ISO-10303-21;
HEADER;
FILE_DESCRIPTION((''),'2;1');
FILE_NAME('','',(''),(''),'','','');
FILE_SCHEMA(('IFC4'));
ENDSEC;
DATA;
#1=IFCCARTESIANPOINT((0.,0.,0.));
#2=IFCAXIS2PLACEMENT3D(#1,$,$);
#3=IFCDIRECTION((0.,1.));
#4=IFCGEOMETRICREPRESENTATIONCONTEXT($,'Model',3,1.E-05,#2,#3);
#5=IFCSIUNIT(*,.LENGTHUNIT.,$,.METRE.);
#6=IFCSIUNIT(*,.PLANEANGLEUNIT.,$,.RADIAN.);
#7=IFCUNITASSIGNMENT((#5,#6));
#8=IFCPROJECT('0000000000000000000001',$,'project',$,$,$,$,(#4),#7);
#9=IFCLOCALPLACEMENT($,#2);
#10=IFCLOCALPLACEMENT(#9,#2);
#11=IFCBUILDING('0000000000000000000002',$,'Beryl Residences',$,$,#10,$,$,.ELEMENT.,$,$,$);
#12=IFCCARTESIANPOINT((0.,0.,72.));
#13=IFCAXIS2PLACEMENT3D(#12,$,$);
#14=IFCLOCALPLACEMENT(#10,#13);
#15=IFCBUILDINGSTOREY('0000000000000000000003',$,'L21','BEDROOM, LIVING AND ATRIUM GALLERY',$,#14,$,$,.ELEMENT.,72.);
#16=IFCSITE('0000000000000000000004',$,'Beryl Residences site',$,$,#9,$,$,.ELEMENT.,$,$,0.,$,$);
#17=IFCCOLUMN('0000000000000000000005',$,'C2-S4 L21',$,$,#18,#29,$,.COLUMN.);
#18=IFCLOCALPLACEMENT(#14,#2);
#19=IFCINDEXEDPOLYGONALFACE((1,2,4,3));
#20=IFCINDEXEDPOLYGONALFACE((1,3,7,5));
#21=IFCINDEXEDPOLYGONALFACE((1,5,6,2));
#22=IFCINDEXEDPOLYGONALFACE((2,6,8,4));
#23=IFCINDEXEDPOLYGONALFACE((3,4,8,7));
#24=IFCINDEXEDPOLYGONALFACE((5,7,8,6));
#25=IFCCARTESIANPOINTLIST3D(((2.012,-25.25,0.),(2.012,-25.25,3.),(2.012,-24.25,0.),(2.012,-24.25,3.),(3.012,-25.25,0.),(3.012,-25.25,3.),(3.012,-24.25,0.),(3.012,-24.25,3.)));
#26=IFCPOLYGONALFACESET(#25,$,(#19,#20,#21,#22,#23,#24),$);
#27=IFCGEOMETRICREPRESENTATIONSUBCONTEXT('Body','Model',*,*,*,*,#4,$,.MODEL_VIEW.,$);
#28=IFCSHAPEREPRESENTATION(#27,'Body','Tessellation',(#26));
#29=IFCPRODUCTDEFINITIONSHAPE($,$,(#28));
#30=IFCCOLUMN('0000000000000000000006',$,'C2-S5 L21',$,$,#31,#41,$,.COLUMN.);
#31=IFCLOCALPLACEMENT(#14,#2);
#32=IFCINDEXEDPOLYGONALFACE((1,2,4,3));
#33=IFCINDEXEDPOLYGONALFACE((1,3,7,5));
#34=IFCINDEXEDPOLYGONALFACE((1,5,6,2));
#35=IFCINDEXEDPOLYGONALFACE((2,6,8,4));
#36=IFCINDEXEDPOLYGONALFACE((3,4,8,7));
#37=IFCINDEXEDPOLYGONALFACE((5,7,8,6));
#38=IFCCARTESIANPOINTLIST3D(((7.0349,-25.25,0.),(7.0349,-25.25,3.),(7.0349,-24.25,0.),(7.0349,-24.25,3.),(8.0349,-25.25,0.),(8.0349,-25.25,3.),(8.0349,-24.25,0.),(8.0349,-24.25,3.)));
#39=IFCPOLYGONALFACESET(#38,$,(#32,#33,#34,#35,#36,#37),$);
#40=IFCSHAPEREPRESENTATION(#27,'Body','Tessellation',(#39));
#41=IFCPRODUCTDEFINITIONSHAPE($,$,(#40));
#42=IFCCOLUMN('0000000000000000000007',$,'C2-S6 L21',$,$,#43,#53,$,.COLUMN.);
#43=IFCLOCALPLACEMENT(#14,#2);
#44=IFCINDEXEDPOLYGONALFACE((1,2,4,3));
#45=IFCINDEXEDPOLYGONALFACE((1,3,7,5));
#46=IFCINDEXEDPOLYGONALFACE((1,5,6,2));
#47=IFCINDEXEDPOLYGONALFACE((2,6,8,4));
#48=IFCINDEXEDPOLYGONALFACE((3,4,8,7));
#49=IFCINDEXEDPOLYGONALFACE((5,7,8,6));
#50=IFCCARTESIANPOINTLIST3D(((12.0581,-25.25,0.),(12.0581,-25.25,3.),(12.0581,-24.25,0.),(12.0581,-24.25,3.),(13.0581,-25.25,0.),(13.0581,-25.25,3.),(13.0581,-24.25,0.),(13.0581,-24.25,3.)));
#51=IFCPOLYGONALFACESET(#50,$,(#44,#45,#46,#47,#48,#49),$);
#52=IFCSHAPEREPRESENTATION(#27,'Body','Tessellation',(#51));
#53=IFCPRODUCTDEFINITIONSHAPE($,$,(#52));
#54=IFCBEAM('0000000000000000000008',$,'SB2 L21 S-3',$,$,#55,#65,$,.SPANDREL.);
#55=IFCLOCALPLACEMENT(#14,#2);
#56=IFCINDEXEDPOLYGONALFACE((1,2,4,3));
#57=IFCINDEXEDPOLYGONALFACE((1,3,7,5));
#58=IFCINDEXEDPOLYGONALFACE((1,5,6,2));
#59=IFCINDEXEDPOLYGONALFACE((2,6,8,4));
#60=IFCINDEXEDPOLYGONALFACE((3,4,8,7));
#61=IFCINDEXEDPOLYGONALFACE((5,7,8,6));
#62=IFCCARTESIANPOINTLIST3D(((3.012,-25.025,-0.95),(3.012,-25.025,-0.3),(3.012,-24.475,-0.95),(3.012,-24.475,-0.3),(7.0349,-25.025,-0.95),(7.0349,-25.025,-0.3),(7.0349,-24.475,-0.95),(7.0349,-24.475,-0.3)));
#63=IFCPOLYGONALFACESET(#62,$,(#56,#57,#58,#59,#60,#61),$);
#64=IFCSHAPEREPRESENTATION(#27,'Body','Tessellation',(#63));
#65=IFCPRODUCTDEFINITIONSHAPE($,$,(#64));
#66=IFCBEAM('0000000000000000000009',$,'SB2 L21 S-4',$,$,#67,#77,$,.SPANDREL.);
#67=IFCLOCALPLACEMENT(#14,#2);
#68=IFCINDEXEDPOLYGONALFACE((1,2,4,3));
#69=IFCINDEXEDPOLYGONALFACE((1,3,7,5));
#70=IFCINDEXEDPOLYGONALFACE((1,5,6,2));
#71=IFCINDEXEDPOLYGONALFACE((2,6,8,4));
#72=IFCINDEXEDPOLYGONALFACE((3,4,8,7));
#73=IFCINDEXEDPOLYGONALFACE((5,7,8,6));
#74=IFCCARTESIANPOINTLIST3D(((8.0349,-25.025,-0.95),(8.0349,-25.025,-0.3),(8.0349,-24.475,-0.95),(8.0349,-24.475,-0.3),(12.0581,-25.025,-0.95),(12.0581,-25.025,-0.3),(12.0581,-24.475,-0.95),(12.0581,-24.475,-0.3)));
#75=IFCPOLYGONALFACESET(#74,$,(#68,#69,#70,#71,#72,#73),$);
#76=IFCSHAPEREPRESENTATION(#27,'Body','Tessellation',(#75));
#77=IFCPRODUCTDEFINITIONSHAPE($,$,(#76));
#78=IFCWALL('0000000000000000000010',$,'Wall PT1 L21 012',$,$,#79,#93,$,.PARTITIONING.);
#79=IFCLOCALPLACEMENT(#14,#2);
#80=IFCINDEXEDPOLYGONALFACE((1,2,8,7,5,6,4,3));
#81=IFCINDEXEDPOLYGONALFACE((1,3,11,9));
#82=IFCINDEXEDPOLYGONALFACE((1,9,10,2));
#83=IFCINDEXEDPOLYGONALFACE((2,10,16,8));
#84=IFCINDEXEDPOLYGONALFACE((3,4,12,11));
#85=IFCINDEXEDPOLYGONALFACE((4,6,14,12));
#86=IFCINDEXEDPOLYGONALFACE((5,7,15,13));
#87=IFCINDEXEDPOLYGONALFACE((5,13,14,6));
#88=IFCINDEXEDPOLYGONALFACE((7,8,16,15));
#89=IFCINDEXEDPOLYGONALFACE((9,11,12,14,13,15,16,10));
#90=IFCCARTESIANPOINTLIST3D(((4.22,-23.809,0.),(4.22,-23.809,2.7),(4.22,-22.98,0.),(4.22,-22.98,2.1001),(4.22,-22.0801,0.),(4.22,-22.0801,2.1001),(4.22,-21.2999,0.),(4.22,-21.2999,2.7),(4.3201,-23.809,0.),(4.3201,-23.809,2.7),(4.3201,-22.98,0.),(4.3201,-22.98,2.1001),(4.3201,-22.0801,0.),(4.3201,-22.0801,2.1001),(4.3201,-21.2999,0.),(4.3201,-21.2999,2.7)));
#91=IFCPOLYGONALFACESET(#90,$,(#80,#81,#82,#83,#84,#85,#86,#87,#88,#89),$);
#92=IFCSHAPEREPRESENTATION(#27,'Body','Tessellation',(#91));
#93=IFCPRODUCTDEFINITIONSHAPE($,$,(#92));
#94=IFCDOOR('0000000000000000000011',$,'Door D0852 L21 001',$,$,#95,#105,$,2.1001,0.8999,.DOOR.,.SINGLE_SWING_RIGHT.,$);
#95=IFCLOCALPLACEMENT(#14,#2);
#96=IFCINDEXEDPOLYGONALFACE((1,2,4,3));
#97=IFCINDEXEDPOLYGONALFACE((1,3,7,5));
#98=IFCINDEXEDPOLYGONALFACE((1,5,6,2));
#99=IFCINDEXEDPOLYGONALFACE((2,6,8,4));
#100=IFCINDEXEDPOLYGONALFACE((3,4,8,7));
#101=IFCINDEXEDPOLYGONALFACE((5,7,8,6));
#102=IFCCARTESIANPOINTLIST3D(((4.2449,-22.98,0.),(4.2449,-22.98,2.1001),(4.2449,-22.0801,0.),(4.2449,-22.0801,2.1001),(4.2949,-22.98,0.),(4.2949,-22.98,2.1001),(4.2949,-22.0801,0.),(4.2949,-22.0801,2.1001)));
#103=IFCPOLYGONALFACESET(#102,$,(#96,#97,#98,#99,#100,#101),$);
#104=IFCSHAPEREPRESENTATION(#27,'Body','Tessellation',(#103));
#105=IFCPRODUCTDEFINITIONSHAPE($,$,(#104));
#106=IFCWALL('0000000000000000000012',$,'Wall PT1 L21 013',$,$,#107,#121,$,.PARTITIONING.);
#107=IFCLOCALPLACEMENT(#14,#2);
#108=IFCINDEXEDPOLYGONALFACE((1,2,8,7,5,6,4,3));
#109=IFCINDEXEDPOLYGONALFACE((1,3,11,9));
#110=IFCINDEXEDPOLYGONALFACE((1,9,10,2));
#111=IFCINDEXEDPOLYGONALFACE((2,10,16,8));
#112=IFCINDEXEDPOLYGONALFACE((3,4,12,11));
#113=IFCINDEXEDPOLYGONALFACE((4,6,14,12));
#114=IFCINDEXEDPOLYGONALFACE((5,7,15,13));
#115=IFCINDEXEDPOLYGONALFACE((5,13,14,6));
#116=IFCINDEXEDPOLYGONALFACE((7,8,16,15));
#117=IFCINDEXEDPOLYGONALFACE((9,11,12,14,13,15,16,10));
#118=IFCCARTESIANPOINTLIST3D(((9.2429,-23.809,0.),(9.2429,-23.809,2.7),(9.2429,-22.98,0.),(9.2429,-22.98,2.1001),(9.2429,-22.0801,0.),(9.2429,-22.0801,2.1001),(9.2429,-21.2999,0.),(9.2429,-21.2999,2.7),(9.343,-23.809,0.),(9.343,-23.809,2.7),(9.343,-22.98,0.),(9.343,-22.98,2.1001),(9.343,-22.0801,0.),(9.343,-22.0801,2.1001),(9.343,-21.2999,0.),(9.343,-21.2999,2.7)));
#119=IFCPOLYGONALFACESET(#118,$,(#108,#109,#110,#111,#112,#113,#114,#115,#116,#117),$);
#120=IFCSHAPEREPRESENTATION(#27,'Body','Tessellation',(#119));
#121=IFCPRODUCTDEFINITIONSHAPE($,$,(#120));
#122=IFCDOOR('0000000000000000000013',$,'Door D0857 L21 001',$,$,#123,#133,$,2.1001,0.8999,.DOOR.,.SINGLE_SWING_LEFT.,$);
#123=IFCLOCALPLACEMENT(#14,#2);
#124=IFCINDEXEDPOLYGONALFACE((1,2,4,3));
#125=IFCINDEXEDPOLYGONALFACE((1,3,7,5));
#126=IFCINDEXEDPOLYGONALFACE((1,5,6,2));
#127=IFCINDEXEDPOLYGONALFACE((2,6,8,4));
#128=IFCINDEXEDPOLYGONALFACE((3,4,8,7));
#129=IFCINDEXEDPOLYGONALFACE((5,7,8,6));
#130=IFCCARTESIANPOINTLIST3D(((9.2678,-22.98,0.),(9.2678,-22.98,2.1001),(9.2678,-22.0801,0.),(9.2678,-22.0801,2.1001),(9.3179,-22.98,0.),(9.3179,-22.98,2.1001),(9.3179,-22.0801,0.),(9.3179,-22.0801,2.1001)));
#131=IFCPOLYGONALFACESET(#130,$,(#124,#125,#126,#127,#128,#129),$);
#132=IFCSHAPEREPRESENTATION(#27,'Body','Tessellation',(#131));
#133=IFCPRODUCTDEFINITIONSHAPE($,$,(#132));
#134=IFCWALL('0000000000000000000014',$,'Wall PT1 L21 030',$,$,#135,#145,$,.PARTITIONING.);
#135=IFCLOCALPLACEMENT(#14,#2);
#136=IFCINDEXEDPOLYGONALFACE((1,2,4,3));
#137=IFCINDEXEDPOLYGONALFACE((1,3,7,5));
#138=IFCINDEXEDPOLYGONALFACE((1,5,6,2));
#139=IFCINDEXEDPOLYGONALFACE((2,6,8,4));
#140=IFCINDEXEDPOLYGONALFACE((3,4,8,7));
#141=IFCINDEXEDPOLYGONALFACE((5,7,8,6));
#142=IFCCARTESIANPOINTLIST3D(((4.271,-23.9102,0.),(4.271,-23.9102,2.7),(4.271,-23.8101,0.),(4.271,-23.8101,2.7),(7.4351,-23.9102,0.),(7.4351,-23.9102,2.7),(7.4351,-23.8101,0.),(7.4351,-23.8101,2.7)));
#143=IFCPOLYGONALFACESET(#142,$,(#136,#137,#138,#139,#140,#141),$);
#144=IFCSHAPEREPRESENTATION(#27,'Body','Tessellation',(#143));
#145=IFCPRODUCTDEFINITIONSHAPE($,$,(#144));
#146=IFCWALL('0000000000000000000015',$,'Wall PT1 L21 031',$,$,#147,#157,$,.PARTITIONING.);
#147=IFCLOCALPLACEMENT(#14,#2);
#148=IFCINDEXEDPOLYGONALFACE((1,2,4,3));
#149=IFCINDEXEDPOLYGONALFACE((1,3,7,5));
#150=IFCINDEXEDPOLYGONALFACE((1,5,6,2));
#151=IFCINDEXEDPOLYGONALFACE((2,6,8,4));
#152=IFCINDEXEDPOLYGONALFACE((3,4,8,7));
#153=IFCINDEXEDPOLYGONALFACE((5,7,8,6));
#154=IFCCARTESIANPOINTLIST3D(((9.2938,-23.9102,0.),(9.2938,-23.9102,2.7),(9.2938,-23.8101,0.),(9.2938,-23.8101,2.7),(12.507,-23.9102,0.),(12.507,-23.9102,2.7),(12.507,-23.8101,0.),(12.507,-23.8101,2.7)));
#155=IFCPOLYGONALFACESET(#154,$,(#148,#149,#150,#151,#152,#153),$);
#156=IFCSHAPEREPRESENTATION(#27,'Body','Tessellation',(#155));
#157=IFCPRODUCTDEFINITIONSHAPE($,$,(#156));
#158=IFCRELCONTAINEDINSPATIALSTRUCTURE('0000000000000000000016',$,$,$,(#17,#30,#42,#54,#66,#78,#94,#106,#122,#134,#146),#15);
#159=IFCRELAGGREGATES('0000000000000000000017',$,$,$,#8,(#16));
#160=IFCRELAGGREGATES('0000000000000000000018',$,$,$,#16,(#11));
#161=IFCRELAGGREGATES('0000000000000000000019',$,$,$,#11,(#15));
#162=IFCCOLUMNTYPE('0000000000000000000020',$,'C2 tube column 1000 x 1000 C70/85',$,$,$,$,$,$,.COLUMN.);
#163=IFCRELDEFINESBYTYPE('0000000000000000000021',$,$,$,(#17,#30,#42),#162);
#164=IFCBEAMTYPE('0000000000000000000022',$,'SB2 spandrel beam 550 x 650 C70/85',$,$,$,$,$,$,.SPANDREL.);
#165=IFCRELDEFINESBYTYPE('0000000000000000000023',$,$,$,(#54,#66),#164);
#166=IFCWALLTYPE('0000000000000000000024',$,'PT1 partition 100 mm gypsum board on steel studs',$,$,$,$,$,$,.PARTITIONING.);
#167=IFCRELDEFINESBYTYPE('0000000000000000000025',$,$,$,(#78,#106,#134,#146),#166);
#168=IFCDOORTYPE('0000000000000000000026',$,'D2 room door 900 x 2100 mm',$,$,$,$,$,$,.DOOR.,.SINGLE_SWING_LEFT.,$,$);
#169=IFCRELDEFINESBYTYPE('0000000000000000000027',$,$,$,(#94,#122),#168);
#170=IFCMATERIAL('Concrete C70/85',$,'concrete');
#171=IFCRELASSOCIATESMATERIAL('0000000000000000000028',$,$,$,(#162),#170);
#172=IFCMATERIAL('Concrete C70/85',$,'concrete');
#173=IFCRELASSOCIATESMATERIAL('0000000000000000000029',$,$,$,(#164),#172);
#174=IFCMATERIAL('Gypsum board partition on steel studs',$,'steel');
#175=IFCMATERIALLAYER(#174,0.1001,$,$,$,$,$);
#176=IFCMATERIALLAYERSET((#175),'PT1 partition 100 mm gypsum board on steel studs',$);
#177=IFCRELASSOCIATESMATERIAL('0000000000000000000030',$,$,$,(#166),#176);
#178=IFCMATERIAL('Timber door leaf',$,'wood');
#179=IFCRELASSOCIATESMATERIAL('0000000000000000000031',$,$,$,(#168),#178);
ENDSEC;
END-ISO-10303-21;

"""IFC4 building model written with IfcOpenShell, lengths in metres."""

from ifc_helpers import new_model, si_unit, direction, frame, frame_2d, origin, origin_2d, place, context, subcontext, project, spatial, rectangle, extrude, material, layer, layer_set, material_profile, profile_set, type_object, element, fill, save


model = new_model("IFC4")

# Units and contexts
model_context = context("Model", 3, precision=1e-05, world=origin(), true_north=direction((0.0, 1.0)))
body_context = subcontext(model_context, "Body", "Model", "MODEL_VIEW")
ifc_project = project(units=[si_unit("LENGTHUNIT", "METRE"), si_unit("PLANEANGLEUNIT", "RADIAN")], contexts=[model_context])

# Site, building, storey
site_placement = place(None, origin())
site = spatial("IfcSite", under=ifc_project, at=site_placement, Name="Beryl Residences site", CompositionType="ELEMENT", RefElevation=0.0)
building_placement = place(site_placement, origin())
building = spatial("IfcBuilding", under=site, at=building_placement, Name="Beryl Residences", CompositionType="ELEMENT")
storey_placement = place(building_placement, frame((0.0, 0.0, 72.0)))
storey = spatial("IfcBuildingStorey", under=building, at=storey_placement, Name="L21", Description="BEDROOM, LIVING AND ATRIUM GALLERY", CompositionType="ELEMENT", Elevation=72.0)

# Columns
ifc_material_1 = material(Name="Concrete C70/85", Category="concrete")
ifc_material_profile_1 = material_profile(ifc_material_1, rectangle(XDim=1.0, YDim=1.0, at=origin_2d()))
ifc_profile_set_1 = profile_set([ifc_material_profile_1], Name="Concrete C70/85")
column_type = type_object("IfcColumnType", Name="C2 tube column 1000 x 1000 C70/85", PredefinedType="COLUMN", material=ifc_profile_set_1)
for number, where, z_axis, x_axis, name in (
    (1, (2.512, -24.75, 0.0), (0.0, 0.0, 1.0), (1.0, 0.0, 0.0), "C2-S4 L21"),
    (2, (7.5349, -24.75, 0.0), (0.0, 0.0, 1.0), (1.0, 0.0, 0.0), "C2-S5 L21"),
    (3, (12.5581, -24.75, 0.0), (0.0, 0.0, 1.0), (1.0, 0.0, 0.0), "C2-S6 L21"),
):
    element("IfcColumn", number, at=place(storey_placement, frame(where, z_axis=z_axis, x_axis=x_axis)), inside=storey, type_object=column_type, Name=name, PredefinedType="COLUMN", context=body_context, shape_type="SweptSolid", body=[
        extrude(rectangle(XDim=1.0, YDim=1.0, at=origin_2d()), origin(), (0.0, 0.0, 1.0), 3.0),
    ])

# Beams
ifc_material_2 = material(Name="Concrete C70/85", Category="concrete")
ifc_material_profile_2 = material_profile(ifc_material_2, rectangle(XDim=0.55, YDim=0.6499, at=origin_2d()))
ifc_profile_set_2 = profile_set([ifc_material_profile_2], Name="Concrete C70/85")
beam_type = type_object("IfcBeamType", Name="SB2 spandrel beam 550 x 650 C70/85", PredefinedType="SPANDREL", material=ifc_profile_set_2)
beam_1_placement = place(storey_placement, frame((3.012, -24.75, -0.625), z_axis=(1.0, 0.0, 0.0), x_axis=(0.0, 1.0, 0.0)))
element("IfcBeam", 4, at=beam_1_placement, inside=storey, type_object=beam_type, Name="SB2 L21 S-3", PredefinedType="SPANDREL", context=body_context, shape_type="SweptSolid", body=[
    extrude(rectangle(XDim=0.55, YDim=0.6499, at=origin_2d()), origin(), (0.0, 0.0, 1.0), 4.0229),
])
beam_2_placement = place(storey_placement, frame((8.0349, -24.75, -0.625), z_axis=(1.0, 0.0, 0.0), x_axis=(0.0, 1.0, 0.0)))
element("IfcBeam", 5, at=beam_2_placement, inside=storey, type_object=beam_type, Name="SB2 L21 S-4", PredefinedType="SPANDREL", context=body_context, shape_type="SweptSolid", body=[
    extrude(rectangle(XDim=0.55, YDim=0.6499, at=origin_2d()), origin(), (0.0, 0.0, 1.0), 4.0232),
])

# Walls, openings, doors
ifc_material_3 = material(Name="Gypsum board partition on steel studs", Category="steel")
ifc_layer_1 = layer(ifc_material_3, 0.1001)
ifc_layer_set_1 = layer_set([ifc_layer_1], Name="PT1 partition 100 mm gypsum board on steel studs")
wall_type_1 = type_object("IfcWallType", Name="PT1 partition 100 mm gypsum board on steel studs", PredefinedType="PARTITIONING", material=ifc_layer_set_1)
wall_1_placement = place(storey_placement, frame((4.27, -21.3, 0.0), z_axis=(0.0, 0.0, 1.0), x_axis=(0.0, -1.0, 0.0)))
wall_1 = element("IfcWall", 6, at=wall_1_placement, inside=storey, type_object=wall_type_1, Name="Wall PT1 L21 012", PredefinedType="PARTITIONING", context=body_context, shape_type="SweptSolid", body=[
    extrude(rectangle(XDim=2.509, YDim=0.1001, at=frame_2d((1.2544, 0.0))), origin(), (0.0, 0.0, 1.0), 2.7),
])
opening_1_placement = place(wall_1_placement, frame((0.78, 0.0, 0.0)))
opening_1 = element("IfcOpeningElement", 7, at=opening_1_placement, cuts=wall_1, PredefinedType="OPENING", context=body_context, shape_type="SweptSolid", body=[
    extrude(rectangle(XDim=0.8999, YDim=2.1001, at=frame_2d((0.45, 1.05))), frame((0.0, 0.0601, 0.0), z_axis=(0.0, -1.0, 0.0), x_axis=(1.0, 0.0, 0.0)), (0.0, 0.0, 1.0), 0.1201),
])
ifc_material_4 = material(Name="Timber door leaf", Category="wood")
door_type_1 = type_object("IfcDoorType", Name="D2 room door 900 x 2100 mm", OperationType="SINGLE_SWING_LEFT", PredefinedType="DOOR", material=ifc_material_4)
door_1_placement = place(opening_1_placement, origin())
door_1 = element("IfcDoor", 8, at=door_1_placement, inside=storey, type_object=door_type_1, Name="Door D0852 L21 001", OperationType="SINGLE_SWING_RIGHT", OverallHeight=2.1001, OverallWidth=0.8999, PredefinedType="DOOR", context=body_context, shape_type="SweptSolid", body=[
    extrude(rectangle(XDim=0.8999, YDim=2.1001, at=frame_2d((0.45, 1.05))), frame((0.0, 0.0249, 0.0), z_axis=(0.0, -1.0, 0.0), x_axis=(1.0, 0.0, 0.0)), (0.0, 0.0, 1.0), 0.05),
])
fill(opening_1, door_1)
wall_2_placement = place(storey_placement, frame((9.293, -21.3, 0.0), z_axis=(0.0, 0.0, 1.0), x_axis=(0.0, -1.0, 0.0)))
wall_2 = element("IfcWall", 9, at=wall_2_placement, inside=storey, type_object=wall_type_1, Name="Wall PT1 L21 013", PredefinedType="PARTITIONING", context=body_context, shape_type="SweptSolid", body=[
    extrude(rectangle(XDim=2.509, YDim=0.1001, at=frame_2d((1.2544, 0.0))), origin(), (0.0, 0.0, 1.0), 2.7),
])
opening_2_placement = place(wall_2_placement, frame((0.78, 0.0, 0.0)))
opening_2 = element("IfcOpeningElement", 10, at=opening_2_placement, cuts=wall_2, PredefinedType="OPENING", context=body_context, shape_type="SweptSolid", body=[
    extrude(rectangle(XDim=0.8999, YDim=2.1001, at=frame_2d((0.45, 1.05))), frame((0.0, 0.0601, 0.0), z_axis=(0.0, -1.0, 0.0), x_axis=(1.0, 0.0, 0.0)), (0.0, 0.0, 1.0), 0.1201),
])
door_2_placement = place(opening_2_placement, origin())
door_2 = element("IfcDoor", 11, at=door_2_placement, inside=storey, type_object=door_type_1, Name="Door D0857 L21 001", OperationType="SINGLE_SWING_LEFT", OverallHeight=2.1001, OverallWidth=0.8999, PredefinedType="DOOR", context=body_context, shape_type="SweptSolid", body=[
    extrude(rectangle(XDim=0.8999, YDim=2.1001, at=frame_2d((0.45, 1.05))), frame((0.0, 0.0249, 0.0), z_axis=(0.0, -1.0, 0.0), x_axis=(1.0, 0.0, 0.0)), (0.0, 0.0, 1.0), 0.05),
])
fill(opening_2, door_2)

# Walls
wall_3_placement = place(storey_placement, frame((4.271, -23.8601, 0.0), z_axis=(0.0, 0.0, 1.0), x_axis=(1.0, 0.0, 0.0)))
element("IfcWall", 12, at=wall_3_placement, inside=storey, type_object=wall_type_1, Name="Wall PT1 L21 030", PredefinedType="PARTITIONING", context=body_context, shape_type="SweptSolid", body=[
    extrude(rectangle(XDim=3.1641, YDim=0.1001, at=frame_2d((1.582, 0.0))), origin(), (0.0, 0.0, 1.0), 2.7),
])
wall_4_placement = place(storey_placement, frame((9.2939, -23.8601, 0.0), z_axis=(0.0, 0.0, 1.0), x_axis=(1.0, 0.0, 0.0)))
element("IfcWall", 13, at=wall_4_placement, inside=storey, type_object=wall_type_1, Name="Wall PT1 L21 031", PredefinedType="PARTITIONING", context=body_context, shape_type="SweptSolid", body=[
    extrude(rectangle(XDim=3.2131, YDim=0.1001, at=frame_2d((1.6064, 0.0))), origin(), (0.0, 0.0, 1.0), 2.7),
])

save(model, "model.ifc")
